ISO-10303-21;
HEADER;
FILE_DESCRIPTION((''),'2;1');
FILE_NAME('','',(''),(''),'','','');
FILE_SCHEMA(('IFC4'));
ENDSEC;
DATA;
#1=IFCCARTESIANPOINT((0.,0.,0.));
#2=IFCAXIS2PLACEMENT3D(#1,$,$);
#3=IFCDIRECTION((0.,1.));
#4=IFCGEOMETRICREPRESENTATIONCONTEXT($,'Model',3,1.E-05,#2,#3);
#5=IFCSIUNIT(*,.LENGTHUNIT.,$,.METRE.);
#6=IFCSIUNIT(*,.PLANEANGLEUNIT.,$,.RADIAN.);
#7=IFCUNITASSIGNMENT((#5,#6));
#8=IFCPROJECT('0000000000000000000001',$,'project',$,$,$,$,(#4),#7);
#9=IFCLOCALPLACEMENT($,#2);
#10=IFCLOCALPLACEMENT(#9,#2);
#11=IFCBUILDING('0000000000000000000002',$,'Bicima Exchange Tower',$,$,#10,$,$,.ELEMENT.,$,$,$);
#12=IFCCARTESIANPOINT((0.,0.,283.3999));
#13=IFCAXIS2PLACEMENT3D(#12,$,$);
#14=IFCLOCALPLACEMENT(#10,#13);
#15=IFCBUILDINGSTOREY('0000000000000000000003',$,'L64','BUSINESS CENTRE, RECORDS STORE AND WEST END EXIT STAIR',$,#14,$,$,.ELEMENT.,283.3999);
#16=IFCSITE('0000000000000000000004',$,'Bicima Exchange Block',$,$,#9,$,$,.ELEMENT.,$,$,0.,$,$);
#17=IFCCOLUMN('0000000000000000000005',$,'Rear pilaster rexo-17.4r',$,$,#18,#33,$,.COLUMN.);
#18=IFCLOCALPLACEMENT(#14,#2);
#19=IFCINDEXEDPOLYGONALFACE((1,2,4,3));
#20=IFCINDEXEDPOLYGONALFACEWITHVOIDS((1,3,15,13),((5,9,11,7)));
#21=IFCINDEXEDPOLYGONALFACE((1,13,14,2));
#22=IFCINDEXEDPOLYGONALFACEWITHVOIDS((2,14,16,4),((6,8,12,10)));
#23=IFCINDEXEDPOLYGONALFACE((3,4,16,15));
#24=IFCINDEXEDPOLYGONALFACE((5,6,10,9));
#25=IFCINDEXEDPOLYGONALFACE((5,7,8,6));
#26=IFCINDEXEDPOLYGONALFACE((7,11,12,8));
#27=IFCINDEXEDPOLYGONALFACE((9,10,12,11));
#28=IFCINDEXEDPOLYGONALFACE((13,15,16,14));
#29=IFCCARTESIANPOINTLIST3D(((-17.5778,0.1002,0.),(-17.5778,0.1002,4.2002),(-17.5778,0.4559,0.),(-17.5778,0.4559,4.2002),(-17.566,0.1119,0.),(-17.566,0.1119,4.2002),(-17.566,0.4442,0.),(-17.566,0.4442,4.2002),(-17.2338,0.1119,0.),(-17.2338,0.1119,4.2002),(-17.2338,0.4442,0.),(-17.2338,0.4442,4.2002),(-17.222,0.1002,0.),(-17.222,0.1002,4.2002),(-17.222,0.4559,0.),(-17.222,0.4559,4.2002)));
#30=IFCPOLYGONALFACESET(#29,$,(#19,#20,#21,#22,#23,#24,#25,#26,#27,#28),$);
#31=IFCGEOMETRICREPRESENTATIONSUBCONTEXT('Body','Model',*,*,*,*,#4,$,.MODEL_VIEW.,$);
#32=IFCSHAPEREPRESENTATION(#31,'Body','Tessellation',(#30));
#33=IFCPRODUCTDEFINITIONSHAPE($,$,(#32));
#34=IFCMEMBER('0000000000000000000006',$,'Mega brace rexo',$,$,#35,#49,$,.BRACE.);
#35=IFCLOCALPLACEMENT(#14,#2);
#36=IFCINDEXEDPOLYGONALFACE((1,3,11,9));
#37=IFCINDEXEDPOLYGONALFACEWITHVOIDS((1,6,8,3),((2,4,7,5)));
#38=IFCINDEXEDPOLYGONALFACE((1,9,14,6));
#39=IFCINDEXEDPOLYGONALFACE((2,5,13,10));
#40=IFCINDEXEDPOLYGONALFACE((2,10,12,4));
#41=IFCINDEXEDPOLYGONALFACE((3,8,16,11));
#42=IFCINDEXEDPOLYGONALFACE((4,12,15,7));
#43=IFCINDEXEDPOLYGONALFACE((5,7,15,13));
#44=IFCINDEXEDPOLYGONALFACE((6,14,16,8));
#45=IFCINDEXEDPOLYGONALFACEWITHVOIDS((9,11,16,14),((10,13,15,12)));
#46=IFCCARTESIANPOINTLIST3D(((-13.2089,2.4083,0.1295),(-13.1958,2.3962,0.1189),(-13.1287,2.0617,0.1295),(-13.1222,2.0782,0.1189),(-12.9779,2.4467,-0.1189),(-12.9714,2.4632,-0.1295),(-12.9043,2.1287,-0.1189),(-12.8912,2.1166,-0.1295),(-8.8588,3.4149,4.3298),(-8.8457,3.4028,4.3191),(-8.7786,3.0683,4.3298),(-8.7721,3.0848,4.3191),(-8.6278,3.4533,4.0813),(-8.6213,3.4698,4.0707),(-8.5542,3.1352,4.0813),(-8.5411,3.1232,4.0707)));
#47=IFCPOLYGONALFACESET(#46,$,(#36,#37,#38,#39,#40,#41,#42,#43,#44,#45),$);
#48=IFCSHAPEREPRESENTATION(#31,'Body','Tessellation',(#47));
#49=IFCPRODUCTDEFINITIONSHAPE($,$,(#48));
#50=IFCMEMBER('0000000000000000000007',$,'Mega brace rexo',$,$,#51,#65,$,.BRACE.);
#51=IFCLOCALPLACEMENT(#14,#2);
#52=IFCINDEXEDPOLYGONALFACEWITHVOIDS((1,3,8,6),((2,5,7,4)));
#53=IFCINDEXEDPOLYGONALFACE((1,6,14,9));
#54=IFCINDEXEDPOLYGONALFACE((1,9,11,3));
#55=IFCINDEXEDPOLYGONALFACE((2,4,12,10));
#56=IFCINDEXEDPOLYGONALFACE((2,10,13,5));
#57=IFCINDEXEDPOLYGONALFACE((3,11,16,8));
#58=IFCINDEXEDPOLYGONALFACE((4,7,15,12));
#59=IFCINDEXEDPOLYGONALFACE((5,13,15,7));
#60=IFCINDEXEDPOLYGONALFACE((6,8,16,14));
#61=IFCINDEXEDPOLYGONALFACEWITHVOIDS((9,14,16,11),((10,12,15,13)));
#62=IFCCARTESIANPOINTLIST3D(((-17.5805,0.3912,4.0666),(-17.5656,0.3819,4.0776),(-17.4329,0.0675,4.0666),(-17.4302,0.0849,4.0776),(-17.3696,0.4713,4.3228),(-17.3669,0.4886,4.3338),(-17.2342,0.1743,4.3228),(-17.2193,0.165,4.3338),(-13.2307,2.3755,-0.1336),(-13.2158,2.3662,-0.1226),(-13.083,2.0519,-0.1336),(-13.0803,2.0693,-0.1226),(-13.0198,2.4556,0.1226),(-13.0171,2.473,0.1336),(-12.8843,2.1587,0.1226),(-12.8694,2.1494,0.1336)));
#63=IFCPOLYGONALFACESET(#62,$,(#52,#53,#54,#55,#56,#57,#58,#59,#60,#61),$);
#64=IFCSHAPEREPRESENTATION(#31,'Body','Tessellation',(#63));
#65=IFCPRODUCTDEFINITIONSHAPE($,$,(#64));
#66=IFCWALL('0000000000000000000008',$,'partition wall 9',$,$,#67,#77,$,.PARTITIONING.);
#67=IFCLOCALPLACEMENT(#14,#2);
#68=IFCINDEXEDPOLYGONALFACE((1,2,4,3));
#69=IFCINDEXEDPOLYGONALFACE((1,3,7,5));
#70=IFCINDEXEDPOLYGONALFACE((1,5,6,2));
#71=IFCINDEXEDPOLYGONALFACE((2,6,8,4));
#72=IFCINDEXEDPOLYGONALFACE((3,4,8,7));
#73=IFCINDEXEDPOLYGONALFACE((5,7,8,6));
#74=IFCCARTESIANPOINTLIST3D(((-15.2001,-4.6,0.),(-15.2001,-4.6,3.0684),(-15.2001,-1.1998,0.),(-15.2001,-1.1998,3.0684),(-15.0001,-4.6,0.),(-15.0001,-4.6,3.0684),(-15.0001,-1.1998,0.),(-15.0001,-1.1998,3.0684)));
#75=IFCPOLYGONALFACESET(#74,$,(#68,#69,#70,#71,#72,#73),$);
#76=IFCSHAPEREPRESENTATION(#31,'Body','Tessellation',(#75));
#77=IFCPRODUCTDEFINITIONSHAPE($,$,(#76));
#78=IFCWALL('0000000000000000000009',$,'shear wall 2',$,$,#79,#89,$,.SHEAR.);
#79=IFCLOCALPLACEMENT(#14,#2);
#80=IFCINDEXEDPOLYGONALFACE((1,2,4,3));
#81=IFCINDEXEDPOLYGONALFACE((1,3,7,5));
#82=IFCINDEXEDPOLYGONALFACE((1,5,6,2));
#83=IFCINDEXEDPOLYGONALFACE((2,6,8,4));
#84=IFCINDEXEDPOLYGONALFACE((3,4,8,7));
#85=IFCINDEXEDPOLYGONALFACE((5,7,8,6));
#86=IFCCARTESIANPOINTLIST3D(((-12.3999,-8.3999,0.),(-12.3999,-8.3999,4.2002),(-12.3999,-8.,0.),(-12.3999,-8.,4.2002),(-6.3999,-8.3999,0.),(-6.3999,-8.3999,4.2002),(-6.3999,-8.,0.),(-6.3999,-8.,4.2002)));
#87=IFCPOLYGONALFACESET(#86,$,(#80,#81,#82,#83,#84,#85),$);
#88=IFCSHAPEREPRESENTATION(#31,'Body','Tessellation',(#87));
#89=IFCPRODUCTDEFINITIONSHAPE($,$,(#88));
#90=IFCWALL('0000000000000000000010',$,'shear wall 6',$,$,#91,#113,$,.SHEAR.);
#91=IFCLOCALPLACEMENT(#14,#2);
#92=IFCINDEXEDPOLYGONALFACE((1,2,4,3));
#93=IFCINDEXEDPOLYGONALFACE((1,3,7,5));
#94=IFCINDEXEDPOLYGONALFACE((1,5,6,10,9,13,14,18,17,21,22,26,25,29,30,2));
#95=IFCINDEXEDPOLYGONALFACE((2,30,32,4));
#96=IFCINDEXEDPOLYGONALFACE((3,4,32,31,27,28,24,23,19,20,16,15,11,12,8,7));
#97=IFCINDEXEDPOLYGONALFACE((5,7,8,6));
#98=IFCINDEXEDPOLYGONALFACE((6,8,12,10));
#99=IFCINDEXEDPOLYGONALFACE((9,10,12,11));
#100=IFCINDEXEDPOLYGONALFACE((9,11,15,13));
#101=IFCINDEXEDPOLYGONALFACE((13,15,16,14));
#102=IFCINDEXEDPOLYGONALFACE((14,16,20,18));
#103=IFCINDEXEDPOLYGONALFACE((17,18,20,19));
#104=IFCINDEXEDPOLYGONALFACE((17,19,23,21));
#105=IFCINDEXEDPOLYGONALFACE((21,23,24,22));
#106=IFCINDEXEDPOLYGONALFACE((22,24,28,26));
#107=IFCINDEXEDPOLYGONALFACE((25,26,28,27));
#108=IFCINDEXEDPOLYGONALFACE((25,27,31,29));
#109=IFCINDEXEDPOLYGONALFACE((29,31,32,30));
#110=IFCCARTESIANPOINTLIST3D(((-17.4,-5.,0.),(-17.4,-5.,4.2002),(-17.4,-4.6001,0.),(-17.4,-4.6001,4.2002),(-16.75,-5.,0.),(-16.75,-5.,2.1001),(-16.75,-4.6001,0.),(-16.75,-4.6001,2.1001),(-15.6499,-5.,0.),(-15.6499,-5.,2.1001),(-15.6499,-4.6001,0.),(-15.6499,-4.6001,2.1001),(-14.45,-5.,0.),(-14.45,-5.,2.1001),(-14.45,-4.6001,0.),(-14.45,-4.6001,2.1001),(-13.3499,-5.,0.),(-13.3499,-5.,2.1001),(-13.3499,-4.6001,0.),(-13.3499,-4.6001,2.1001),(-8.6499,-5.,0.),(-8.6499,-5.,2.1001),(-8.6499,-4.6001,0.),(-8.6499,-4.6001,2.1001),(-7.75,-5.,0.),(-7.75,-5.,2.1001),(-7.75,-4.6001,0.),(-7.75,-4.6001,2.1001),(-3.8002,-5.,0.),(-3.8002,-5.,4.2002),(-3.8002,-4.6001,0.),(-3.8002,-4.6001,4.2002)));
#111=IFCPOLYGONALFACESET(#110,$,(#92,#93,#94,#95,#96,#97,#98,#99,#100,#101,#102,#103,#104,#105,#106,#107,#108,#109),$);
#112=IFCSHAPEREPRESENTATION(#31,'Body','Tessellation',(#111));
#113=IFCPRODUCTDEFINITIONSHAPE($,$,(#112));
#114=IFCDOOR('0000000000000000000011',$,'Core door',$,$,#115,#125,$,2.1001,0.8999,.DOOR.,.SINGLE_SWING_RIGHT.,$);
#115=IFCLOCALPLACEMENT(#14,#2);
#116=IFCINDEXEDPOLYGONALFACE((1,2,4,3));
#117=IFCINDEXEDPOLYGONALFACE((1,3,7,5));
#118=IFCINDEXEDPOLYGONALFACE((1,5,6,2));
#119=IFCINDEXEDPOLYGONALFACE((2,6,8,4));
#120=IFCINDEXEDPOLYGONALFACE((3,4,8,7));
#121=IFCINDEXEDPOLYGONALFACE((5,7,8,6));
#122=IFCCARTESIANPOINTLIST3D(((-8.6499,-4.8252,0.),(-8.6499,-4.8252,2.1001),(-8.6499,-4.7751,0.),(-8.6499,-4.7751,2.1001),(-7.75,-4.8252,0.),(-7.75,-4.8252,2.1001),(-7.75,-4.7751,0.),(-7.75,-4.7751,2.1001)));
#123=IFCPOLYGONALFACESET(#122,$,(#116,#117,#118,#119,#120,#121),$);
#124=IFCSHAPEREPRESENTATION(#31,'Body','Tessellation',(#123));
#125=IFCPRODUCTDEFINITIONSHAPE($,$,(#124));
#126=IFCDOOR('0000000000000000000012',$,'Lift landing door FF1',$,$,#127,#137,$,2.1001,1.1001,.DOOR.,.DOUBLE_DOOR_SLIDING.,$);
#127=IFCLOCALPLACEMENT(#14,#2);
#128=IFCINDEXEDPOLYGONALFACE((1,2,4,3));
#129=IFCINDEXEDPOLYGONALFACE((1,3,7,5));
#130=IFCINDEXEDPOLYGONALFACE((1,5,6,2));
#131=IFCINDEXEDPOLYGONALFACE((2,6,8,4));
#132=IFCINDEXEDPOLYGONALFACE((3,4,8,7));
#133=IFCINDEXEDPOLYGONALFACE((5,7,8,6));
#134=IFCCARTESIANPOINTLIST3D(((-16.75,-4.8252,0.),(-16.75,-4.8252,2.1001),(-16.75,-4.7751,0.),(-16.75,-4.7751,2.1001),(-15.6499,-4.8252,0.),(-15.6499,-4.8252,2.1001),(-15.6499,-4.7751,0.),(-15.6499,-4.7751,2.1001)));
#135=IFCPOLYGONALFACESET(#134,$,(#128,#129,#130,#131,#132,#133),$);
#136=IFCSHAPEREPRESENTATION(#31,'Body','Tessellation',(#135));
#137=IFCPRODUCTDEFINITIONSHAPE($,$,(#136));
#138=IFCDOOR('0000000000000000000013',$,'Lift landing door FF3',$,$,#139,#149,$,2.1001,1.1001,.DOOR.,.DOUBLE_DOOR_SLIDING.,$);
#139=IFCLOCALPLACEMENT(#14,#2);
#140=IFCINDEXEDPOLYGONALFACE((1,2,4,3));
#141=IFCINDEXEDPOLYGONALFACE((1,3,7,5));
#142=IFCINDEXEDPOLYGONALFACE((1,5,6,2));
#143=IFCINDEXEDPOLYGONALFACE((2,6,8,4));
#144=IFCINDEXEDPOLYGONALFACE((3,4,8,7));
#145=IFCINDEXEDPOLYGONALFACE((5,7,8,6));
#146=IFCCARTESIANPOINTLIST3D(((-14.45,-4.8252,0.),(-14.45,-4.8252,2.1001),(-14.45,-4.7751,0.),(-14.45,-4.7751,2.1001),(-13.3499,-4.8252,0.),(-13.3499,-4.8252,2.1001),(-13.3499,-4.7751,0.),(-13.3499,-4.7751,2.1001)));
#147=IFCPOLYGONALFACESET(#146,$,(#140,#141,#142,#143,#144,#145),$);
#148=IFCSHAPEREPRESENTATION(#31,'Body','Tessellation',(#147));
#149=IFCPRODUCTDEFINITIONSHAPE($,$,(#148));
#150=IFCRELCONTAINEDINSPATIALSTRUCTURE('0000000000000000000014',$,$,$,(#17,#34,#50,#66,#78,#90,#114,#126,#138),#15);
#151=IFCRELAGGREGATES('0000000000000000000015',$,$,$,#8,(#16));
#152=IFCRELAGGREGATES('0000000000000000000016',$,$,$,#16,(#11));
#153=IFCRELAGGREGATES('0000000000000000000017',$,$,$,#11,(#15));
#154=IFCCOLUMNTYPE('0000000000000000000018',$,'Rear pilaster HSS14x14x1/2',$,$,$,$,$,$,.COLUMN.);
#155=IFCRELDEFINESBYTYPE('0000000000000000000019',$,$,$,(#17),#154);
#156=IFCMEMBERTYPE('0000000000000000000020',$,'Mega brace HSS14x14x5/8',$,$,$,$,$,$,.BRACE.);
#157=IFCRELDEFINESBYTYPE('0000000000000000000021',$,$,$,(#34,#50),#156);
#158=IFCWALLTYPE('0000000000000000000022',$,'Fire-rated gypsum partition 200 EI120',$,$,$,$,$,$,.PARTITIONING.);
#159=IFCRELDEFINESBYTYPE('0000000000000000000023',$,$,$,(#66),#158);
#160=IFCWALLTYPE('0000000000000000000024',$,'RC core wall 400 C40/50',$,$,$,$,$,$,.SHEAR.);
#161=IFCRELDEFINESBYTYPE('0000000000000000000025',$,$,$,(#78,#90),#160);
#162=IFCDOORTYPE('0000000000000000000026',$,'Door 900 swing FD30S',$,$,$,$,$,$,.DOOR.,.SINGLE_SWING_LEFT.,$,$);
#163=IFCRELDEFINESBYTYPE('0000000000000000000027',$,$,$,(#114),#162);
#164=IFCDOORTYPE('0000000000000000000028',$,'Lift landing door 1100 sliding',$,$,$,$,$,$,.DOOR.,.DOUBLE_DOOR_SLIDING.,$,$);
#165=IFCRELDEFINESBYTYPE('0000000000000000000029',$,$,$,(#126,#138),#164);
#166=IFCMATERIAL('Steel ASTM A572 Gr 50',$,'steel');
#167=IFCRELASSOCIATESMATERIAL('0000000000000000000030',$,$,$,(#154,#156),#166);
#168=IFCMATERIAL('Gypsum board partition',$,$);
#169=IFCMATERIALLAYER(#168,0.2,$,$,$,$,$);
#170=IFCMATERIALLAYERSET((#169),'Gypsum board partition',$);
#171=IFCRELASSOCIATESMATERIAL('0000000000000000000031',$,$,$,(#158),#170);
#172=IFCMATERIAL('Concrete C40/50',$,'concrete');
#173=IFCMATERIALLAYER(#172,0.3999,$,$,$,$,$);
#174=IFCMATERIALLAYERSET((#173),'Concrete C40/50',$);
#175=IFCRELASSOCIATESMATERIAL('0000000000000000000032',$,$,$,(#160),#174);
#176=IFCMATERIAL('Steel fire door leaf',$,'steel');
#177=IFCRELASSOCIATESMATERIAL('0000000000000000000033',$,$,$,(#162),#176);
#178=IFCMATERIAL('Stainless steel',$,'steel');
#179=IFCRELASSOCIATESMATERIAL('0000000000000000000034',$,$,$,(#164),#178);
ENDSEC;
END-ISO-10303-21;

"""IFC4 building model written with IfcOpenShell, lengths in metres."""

from ifc_helpers import new_model, si_unit, direction, frame, frame_2d, origin, origin_2d, place, context, subcontext, project, spatial, rectangle, hollow_rectangle, extrude, material, layer, layer_set, material_profile, profile_set, type_object, element, fill, save


model = new_model("IFC4")

# Units and contexts
model_context = context("Model", 3, precision=1e-05, world=origin(), true_north=direction((0.0, 1.0)))
body_context = subcontext(model_context, "Body", "Model", "MODEL_VIEW")
ifc_project = project(units=[si_unit("LENGTHUNIT", "METRE"), si_unit("PLANEANGLEUNIT", "RADIAN")], contexts=[model_context])

# Site, building, storey
site_placement = place(None, origin())
site = spatial("IfcSite", under=ifc_project, at=site_placement, Name="Bicima Exchange Block", CompositionType="ELEMENT", RefElevation=0.0)
building_placement = place(site_placement, origin())
building = spatial("IfcBuilding", under=site, at=building_placement, Name="Bicima Exchange Tower", CompositionType="ELEMENT")
storey_placement = place(building_placement, frame((0.0, 0.0, 283.3999)))
storey = spatial("IfcBuildingStorey", under=building, at=storey_placement, Name="L64", Description="BUSINESS CENTRE, RECORDS STORE AND WEST END EXIT STAIR", CompositionType="ELEMENT", Elevation=283.3999)

# Column
ifc_material_1 = material(Name="Steel ASTM A572 Gr 50", Category="steel")
ifc_material_profile_1 = material_profile(ifc_material_1, hollow_rectangle(XDim=0.3557, YDim=0.3557, WallThickness=0.0117, at=origin_2d()))
ifc_profile_set_1 = profile_set([ifc_material_profile_1], Name="Steel ASTM A572 Gr 50")
column_type = type_object("IfcColumnType", Name="Rear pilaster HSS14x14x1/2", PredefinedType="COLUMN", material=ifc_profile_set_1)
column_placement = place(storey_placement, frame((-17.3999, 0.2781, 0.0), z_axis=(0.0, 0.0, 1.0), x_axis=(1.0, 0.0, 0.0)))
element("IfcColumn", 1, at=column_placement, inside=storey, type_object=column_type, Name="Rear pilaster rexo-17.4r", PredefinedType="COLUMN", context=body_context, shape_type="SweptSolid", body=[
    extrude(hollow_rectangle(XDim=0.3557, YDim=0.3557, WallThickness=0.0117, at=origin_2d()), origin(), (0.0, 0.0, 1.0), 4.2002),
])

# Members
ifc_material_profile_2 = material_profile(ifc_material_1, hollow_rectangle(XDim=0.3557, YDim=0.3557, WallThickness=0.0146, at=origin_2d()))
ifc_profile_set_2 = profile_set([ifc_material_profile_2], Name="Steel ASTM A572 Gr 50")
member_type = type_object("IfcMemberType", Name="Mega brace HSS14x14x5/8", PredefinedType="BRACE", material=ifc_profile_set_2)
member_1_placement = place(storey_placement, frame((-13.05, 2.2625, 0.0), z_axis=(0.709628, 0.164205, 0.685175), x_axis=(-0.225439, 0.974257, 0.0)))
element("IfcMember", 2, at=member_1_placement, inside=storey, type_object=member_type, Name="Mega brace rexo", PredefinedType="BRACE", context=body_context, shape_type="SweptSolid", body=[
    extrude(hollow_rectangle(XDim=0.3557, YDim=0.3557, WallThickness=0.0146, at=origin_2d()), origin(), (0.0, 0.0, 1.0), 6.1301),
])
member_2_placement = place(storey_placement, frame((-13.05, 2.2625, 0.0), z_axis=(-0.683508, -0.311812, 0.659992), x_axis=(0.415045, -0.909801, 0.0)))
element("IfcMember", 3, at=member_2_placement, inside=storey, type_object=member_type, Name="Mega brace rexo", PredefinedType="BRACE", context=body_context, shape_type="SweptSolid", body=[
    extrude(hollow_rectangle(XDim=0.3557, YDim=0.3557, WallThickness=0.0146, at=origin_2d()), origin(), (0.0, 0.0, 1.0), 6.364),
])

# Walls
ifc_material_2 = material(Name="Gypsum board partition")
ifc_layer_1 = layer(ifc_material_2, 0.2)
ifc_layer_set_1 = layer_set([ifc_layer_1], Name="Gypsum board partition")
wall_type_1 = type_object("IfcWallType", Name="Fire-rated gypsum partition 200 EI120", PredefinedType="PARTITIONING", material=ifc_layer_set_1)
wall_1_placement = place(storey_placement, frame((-15.1001, -4.6001, 0.0), z_axis=(0.0, 0.0, 1.0), x_axis=(0.0, 1.0, 0.0)))
element("IfcWall", 4, at=wall_1_placement, inside=storey, type_object=wall_type_1, Name="partition wall 9", PredefinedType="PARTITIONING", context=body_context, shape_type="SweptSolid", body=[
    extrude(rectangle(XDim=3.4001, YDim=0.2, at=frame_2d((1.7002, 0.0))), origin(), (0.0, 0.0, 1.0), 3.0684),
])
ifc_material_3 = material(Name="Concrete C40/50", Category="concrete")
ifc_layer_2 = layer(ifc_material_3, 0.3999)
ifc_layer_set_2 = layer_set([ifc_layer_2], Name="Concrete C40/50")
wall_type_2 = type_object("IfcWallType", Name="RC core wall 400 C40/50", PredefinedType="SHEAR", material=ifc_layer_set_2)
wall_2_placement = place(storey_placement, frame((-12.3999, -8.2, 0.0), z_axis=(0.0, 0.0, 1.0), x_axis=(1.0, 0.0, 0.0)))
element("IfcWall", 5, at=wall_2_placement, inside=storey, type_object=wall_type_2, Name="shear wall 2", PredefinedType="SHEAR", context=body_context, shape_type="SweptSolid", body=[
    extrude(rectangle(XDim=6.0, YDim=0.3999, at=frame_2d((3.0, 0.0))), origin(), (0.0, 0.0, 1.0), 4.2002),
])

# Wall, openings, doors
wall_3_placement = place(storey_placement, frame((-17.3999, -4.8, 0.0), z_axis=(0.0, 0.0, 1.0), x_axis=(1.0, 0.0, 0.0)))
wall_3 = element("IfcWall", 6, at=wall_3_placement, inside=storey, type_object=wall_type_2, Name="shear wall 6", PredefinedType="SHEAR", context=body_context, shape_type="SweptSolid", body=[
    extrude(rectangle(XDim=13.5999, YDim=0.3999, at=frame_2d((6.7998, 0.0))), origin(), (0.0, 0.0, 1.0), 4.2002),
])
opening_1_placement = place(wall_3_placement, frame((0.6499, 0.0, 0.0)))
opening_1 = element("IfcOpeningElement", 7, at=opening_1_placement, cuts=wall_3, PredefinedType="OPENING", context=body_context, shape_type="SweptSolid", body=[
    extrude(rectangle(XDim=1.1001, YDim=2.1001, at=frame_2d((0.55, 1.05))), frame((0.0, 0.2119, 0.0), z_axis=(0.0, -1.0, 0.0), x_axis=(1.0, 0.0, 0.0)), (0.0, 0.0, 1.0), 0.4238),
])
opening_2_placement = place(wall_3_placement, frame((2.95, 0.0, 0.0)))
opening_2 = element("IfcOpeningElement", 8, at=opening_2_placement, cuts=wall_3, PredefinedType="OPENING", context=body_context, shape_type="SweptSolid", body=[
    extrude(rectangle(XDim=1.1001, YDim=2.1001, at=frame_2d((0.55, 1.05))), frame((0.0, 0.2119, 0.0), z_axis=(0.0, -1.0, 0.0), x_axis=(1.0, 0.0, 0.0)), (0.0, 0.0, 1.0), 0.4238),
])
opening_3_placement = place(wall_3_placement, frame((8.75, 0.0, 0.0)))
opening_3 = element("IfcOpeningElement", 9, at=opening_3_placement, cuts=wall_3, PredefinedType="OPENING", context=body_context, shape_type="SweptSolid", body=[
    extrude(rectangle(XDim=0.8999, YDim=2.1001, at=frame_2d((0.45, 1.05))), frame((0.0, 0.2119, 0.0), z_axis=(0.0, -1.0, 0.0), x_axis=(1.0, 0.0, 0.0)), (0.0, 0.0, 1.0), 0.4238),
])
ifc_material_4 = material(Name="Steel fire door leaf", Category="steel")
door_type_1 = type_object("IfcDoorType", Name="Door 900 swing FD30S", OperationType="SINGLE_SWING_LEFT", PredefinedType="DOOR", material=ifc_material_4)
door_1_placement = place(opening_3_placement, origin())
door_1 = element("IfcDoor", 10, at=door_1_placement, inside=storey, type_object=door_type_1, Name="Core door", OperationType="SINGLE_SWING_RIGHT", OverallHeight=2.1001, OverallWidth=0.8999, PredefinedType="DOOR", context=body_context, shape_type="SweptSolid", body=[
    extrude(rectangle(XDim=0.8999, YDim=2.1001, at=frame_2d((0.45, 1.05))), frame((0.0, 0.0249, 0.0), z_axis=(0.0, -1.0, 0.0), x_axis=(1.0, 0.0, 0.0)), (0.0, 0.0, 1.0), 0.05),
])
fill(opening_3, door_1)
ifc_material_5 = material(Name="Stainless steel", Category="steel")
door_type_2 = type_object("IfcDoorType", Name="Lift landing door 1100 sliding", OperationType="DOUBLE_DOOR_SLIDING", PredefinedType="DOOR", material=ifc_material_5)
door_2_placement = place(opening_1_placement, origin())
door_2 = element("IfcDoor", 11, at=door_2_placement, inside=storey, type_object=door_type_2, Name="Lift landing door FF1", OperationType="DOUBLE_DOOR_SLIDING", OverallHeight=2.1001, OverallWidth=1.1001, PredefinedType="DOOR", context=body_context, shape_type="SweptSolid", body=[
    extrude(rectangle(XDim=1.1001, YDim=2.1001, at=frame_2d((0.55, 1.05))), frame((0.0, 0.0249, 0.0), z_axis=(0.0, -1.0, 0.0), x_axis=(1.0, 0.0, 0.0)), (0.0, 0.0, 1.0), 0.05),
])
fill(opening_1, door_2)
door_3_placement = place(opening_2_placement, origin())
door_3 = element("IfcDoor", 12, at=door_3_placement, inside=storey, type_object=door_type_2, Name="Lift landing door FF3", OperationType="DOUBLE_DOOR_SLIDING", OverallHeight=2.1001, OverallWidth=1.1001, PredefinedType="DOOR", context=body_context, shape_type="SweptSolid", body=[
    extrude(rectangle(XDim=1.1001, YDim=2.1001, at=frame_2d((0.55, 1.05))), frame((0.0, 0.0249, 0.0), z_axis=(0.0, -1.0, 0.0), x_axis=(1.0, 0.0, 0.0)), (0.0, 0.0, 1.0), 0.05),
])
fill(opening_2, door_3)

save(model, "model.ifc")
